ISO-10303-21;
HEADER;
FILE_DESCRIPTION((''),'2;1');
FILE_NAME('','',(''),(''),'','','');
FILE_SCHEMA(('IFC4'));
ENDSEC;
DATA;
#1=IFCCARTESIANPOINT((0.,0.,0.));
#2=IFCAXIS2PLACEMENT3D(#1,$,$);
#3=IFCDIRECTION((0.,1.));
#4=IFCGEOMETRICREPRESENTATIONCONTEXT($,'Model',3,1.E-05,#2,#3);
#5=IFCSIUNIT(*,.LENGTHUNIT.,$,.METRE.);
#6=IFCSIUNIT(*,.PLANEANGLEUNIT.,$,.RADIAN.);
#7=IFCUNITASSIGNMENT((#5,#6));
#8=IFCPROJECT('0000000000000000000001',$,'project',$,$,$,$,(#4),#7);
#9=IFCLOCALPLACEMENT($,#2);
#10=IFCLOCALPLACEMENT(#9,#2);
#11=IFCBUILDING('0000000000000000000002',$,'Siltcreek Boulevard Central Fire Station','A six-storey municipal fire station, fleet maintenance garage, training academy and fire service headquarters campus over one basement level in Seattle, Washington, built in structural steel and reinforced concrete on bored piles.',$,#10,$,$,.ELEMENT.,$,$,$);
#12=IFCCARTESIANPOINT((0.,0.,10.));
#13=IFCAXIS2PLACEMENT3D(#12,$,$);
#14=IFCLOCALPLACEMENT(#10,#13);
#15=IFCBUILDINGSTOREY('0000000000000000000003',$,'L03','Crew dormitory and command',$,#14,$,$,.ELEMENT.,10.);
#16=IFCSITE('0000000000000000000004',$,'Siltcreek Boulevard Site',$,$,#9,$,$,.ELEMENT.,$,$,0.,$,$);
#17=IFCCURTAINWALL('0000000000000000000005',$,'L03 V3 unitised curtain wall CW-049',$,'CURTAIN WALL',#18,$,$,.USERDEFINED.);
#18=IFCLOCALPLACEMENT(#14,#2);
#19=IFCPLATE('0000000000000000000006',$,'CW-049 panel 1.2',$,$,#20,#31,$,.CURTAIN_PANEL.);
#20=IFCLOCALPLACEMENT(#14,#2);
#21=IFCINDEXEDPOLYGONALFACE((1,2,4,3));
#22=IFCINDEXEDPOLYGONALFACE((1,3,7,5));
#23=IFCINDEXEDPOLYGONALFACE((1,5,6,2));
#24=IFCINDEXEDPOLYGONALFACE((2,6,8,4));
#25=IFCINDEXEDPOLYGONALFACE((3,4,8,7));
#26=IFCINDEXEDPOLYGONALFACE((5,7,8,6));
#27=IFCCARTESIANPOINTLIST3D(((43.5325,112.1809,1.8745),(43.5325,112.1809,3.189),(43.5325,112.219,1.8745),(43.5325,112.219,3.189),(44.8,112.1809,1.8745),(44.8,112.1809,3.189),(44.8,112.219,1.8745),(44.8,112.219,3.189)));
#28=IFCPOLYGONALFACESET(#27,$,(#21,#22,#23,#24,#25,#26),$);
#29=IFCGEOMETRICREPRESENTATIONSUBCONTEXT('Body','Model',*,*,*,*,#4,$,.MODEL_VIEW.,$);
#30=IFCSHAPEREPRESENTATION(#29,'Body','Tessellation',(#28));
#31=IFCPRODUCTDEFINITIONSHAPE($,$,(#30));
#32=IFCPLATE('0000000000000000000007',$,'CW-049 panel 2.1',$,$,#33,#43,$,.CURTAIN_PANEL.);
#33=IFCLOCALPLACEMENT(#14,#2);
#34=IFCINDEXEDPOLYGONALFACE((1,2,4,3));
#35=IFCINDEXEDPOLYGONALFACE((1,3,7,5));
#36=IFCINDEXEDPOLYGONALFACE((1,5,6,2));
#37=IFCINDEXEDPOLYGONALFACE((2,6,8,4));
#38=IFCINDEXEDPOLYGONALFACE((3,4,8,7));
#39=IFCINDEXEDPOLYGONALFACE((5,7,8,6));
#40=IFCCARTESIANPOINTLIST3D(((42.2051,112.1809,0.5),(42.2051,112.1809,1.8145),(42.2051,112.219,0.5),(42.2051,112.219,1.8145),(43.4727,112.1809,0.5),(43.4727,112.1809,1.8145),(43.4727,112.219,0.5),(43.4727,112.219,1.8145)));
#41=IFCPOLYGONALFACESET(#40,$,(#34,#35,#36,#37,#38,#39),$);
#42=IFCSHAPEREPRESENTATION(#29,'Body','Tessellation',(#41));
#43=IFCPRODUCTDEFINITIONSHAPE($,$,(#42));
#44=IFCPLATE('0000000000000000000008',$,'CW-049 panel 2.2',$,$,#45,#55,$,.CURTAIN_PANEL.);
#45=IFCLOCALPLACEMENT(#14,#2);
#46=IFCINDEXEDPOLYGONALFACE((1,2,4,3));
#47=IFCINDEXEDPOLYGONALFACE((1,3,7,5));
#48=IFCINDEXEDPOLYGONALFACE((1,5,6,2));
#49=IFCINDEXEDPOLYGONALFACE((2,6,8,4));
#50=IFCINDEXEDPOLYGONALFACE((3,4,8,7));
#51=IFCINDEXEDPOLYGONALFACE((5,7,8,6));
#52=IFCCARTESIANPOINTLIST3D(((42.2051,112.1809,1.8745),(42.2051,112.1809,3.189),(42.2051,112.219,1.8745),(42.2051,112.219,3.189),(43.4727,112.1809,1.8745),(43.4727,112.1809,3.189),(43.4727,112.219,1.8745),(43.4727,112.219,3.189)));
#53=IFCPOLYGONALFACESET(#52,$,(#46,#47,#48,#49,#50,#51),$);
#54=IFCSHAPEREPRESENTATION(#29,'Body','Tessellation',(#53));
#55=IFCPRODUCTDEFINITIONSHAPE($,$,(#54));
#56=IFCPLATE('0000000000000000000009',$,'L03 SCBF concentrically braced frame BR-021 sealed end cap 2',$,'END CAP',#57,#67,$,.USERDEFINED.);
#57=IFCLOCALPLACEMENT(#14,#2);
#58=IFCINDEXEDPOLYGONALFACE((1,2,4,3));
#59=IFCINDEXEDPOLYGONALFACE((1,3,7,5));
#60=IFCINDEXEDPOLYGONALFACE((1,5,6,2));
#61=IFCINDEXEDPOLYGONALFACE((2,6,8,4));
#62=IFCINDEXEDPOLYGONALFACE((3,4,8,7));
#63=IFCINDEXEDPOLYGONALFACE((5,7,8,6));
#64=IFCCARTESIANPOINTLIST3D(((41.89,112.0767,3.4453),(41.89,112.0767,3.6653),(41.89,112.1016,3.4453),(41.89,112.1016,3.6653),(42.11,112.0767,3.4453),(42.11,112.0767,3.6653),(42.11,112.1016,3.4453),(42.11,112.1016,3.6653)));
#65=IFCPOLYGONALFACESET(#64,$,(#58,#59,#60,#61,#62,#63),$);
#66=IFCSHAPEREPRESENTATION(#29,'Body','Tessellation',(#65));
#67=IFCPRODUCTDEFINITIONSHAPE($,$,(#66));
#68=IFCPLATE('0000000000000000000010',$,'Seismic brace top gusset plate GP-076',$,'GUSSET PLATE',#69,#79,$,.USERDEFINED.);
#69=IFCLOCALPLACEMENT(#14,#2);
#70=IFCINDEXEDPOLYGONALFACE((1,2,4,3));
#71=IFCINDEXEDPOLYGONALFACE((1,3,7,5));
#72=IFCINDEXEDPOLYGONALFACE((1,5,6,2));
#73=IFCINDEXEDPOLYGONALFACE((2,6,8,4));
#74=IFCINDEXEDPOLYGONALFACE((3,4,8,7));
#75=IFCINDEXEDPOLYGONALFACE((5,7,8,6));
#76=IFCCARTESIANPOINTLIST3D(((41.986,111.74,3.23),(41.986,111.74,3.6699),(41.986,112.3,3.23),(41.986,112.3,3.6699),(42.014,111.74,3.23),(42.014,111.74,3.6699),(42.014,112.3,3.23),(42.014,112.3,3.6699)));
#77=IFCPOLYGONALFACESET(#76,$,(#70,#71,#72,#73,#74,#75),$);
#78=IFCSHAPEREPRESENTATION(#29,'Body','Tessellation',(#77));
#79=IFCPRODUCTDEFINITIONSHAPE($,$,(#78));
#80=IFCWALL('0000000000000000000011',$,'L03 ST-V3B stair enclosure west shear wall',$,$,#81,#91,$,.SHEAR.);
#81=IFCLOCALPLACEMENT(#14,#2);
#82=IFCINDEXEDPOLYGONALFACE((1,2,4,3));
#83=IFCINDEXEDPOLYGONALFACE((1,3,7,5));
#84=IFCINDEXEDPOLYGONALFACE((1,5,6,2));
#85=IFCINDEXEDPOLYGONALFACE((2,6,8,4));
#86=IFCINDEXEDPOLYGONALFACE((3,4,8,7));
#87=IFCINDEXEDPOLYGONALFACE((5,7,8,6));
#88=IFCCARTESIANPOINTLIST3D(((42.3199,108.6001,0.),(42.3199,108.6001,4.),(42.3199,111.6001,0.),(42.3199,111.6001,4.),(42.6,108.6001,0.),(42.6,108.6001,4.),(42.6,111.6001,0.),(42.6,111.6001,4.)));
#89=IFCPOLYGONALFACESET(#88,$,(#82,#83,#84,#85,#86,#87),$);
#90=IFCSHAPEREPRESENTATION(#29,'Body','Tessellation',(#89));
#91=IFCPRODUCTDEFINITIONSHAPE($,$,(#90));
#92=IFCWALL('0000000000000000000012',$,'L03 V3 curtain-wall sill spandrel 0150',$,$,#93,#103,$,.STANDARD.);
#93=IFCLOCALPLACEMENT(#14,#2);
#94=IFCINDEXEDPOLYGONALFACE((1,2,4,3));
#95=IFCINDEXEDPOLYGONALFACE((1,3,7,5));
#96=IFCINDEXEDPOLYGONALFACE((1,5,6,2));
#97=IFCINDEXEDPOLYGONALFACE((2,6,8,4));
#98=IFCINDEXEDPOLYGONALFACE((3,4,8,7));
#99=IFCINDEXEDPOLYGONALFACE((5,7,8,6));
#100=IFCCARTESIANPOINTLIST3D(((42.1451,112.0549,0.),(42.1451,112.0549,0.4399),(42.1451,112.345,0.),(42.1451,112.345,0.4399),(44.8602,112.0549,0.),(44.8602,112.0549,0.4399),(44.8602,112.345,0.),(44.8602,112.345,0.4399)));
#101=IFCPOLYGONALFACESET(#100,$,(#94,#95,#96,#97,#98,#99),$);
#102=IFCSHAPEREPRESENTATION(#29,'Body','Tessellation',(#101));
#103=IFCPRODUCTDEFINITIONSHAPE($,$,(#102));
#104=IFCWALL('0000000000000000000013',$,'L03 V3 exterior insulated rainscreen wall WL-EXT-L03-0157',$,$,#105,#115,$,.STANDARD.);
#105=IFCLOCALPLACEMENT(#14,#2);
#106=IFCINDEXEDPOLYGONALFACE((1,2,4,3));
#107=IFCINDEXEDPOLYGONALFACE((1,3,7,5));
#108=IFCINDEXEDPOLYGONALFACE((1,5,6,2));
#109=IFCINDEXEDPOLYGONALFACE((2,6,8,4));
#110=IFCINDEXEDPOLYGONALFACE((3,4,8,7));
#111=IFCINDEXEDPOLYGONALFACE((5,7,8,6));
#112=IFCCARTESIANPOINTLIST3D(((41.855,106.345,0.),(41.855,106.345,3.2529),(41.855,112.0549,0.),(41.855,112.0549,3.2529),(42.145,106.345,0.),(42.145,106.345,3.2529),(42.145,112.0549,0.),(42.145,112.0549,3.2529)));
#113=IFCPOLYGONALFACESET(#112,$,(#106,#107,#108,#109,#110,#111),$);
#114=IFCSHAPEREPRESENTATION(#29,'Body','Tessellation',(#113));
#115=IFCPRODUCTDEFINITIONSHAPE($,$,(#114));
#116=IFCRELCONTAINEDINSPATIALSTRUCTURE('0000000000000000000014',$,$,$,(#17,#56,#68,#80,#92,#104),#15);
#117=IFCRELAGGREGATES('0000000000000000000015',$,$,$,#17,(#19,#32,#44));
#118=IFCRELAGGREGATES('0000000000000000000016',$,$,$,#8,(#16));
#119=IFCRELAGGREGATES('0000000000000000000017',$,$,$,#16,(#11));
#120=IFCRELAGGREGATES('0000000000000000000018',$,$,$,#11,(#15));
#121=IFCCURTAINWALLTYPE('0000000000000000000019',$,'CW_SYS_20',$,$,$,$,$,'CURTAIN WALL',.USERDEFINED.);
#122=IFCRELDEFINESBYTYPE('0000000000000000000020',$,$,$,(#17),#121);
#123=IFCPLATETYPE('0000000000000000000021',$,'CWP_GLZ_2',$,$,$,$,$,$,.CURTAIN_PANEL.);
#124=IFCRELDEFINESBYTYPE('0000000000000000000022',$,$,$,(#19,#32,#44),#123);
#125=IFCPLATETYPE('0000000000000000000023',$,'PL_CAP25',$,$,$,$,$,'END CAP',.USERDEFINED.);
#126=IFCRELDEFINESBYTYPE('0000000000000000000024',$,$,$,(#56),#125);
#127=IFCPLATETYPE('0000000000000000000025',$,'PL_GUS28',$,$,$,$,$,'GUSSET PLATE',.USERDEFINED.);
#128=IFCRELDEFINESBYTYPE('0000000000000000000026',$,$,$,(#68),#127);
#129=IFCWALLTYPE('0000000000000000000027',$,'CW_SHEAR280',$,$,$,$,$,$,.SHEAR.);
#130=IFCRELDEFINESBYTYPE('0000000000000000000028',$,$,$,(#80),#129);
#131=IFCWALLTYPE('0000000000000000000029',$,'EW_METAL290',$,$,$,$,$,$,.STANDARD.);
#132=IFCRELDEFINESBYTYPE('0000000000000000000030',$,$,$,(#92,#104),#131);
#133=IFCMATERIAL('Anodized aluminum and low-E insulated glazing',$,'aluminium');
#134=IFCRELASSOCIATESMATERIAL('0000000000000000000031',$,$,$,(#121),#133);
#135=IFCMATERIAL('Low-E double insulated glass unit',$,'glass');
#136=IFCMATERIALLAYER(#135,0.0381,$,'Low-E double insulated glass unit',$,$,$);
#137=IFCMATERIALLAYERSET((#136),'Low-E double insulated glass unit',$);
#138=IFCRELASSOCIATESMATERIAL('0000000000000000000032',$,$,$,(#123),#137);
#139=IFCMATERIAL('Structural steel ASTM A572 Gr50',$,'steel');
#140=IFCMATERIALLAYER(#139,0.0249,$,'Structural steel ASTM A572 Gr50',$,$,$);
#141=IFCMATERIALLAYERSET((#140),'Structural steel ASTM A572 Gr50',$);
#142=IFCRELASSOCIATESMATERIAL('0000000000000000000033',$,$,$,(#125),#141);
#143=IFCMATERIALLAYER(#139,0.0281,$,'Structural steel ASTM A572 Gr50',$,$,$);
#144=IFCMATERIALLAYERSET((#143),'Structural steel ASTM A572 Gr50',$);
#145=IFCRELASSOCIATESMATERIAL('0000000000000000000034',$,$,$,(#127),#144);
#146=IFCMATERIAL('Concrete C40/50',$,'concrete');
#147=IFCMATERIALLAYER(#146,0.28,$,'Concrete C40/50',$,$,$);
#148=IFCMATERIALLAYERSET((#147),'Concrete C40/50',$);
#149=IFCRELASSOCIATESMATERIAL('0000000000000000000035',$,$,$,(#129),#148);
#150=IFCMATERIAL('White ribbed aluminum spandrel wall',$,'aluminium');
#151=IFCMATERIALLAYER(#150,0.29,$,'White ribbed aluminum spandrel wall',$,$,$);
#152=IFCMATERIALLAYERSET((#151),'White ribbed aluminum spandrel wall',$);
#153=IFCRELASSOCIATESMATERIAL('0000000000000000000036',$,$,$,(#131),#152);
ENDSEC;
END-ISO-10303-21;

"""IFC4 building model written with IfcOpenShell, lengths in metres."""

from ifc_helpers import new_model, si_unit, direction, frame, frame_2d, origin, origin_2d, place, context, subcontext, project, spatial, rectangle, extrude, material, layer, layer_set, type_object, element, aggregate, save


model = new_model("IFC4")

# Units and contexts
model_context = context("Model", 3, precision=1e-05, world=origin(), true_north=direction((0.0, 1.0)))
body_context = subcontext(model_context, "Body", "Model", "MODEL_VIEW")
ifc_project = project(units=[si_unit("LENGTHUNIT", "METRE"), si_unit("PLANEANGLEUNIT", "RADIAN")], contexts=[model_context])

# Site, building, storey
site_placement = place(None, origin())
site = spatial("IfcSite", under=ifc_project, at=site_placement, Name="Siltcreek Boulevard Site", CompositionType="ELEMENT", RefElevation=0.0)
building_placement = place(site_placement, origin())
building = spatial("IfcBuilding", under=site, at=building_placement, Name="Siltcreek Boulevard Central Fire Station", Description="A six-storey municipal fire station, fleet maintenance garage, training academy and fire service headquarters campus over one basement level in Seattle, Washington, built in structural steel and reinforced concrete on bored piles.", CompositionType="ELEMENT")
storey_placement = place(building_placement, frame((0.0, 0.0, 10.0)))
storey = spatial("IfcBuildingStorey", under=building, at=storey_placement, Name="L03", Description="Crew dormitory and command", CompositionType="ELEMENT", Elevation=10.0)

# Curtain wall, plates
ifc_material_1 = material(Name="Anodized aluminum and low-E insulated glazing", Category="aluminium")
curtain_wall_type = type_object("IfcCurtainWallType", Name="CW_SYS_20", ElementType="CURTAIN WALL", PredefinedType="USERDEFINED", material=ifc_material_1)
curtain_wall_placement = place(storey_placement, origin())
curtain_wall = element("IfcCurtainWall", 1, at=curtain_wall_placement, inside=storey, type_object=curtain_wall_type, Name="L03 V3 unitised curtain wall CW-049", ObjectType="CURTAIN WALL", PredefinedType="USERDEFINED")
ifc_material_2 = material(Name="Low-E double insulated glass unit", Category="glass")
ifc_layer_1 = layer(ifc_material_2, 0.0381, Name="Low-E double insulated glass unit")
ifc_layer_set_1 = layer_set([ifc_layer_1], Name="Low-E double insulated glass unit")
plate_type_1 = type_object("IfcPlateType", Name="CWP_GLZ_2", PredefinedType="CURTAIN_PANEL", material=ifc_layer_set_1)
plate_1_placement = place(storey_placement, frame((44.1663, 112.2, 1.8745), z_axis=(0.0, 0.0, 1.0), x_axis=(-1.0, 0.0, 0.0)))
plate_1 = element("IfcPlate", 2, at=plate_1_placement, type_object=plate_type_1, Name="CW-049 panel 1.2", PredefinedType="CURTAIN_PANEL", context=body_context, shape_type="SweptSolid", body=[
    extrude(rectangle(XDim=1.2676, YDim=0.0381, at=origin_2d()), origin(), (0.0, 0.0, 1.0), 1.3145),
])
plate_2_placement = place(storey_placement, frame((42.8389, 112.2, 0.5), z_axis=(0.0, 0.0, 1.0), x_axis=(-1.0, 0.0, 0.0)))
plate_2 = element("IfcPlate", 3, at=plate_2_placement, type_object=plate_type_1, Name="CW-049 panel 2.1", PredefinedType="CURTAIN_PANEL", context=body_context, shape_type="SweptSolid", body=[
    extrude(rectangle(XDim=1.2676, YDim=0.0381, at=origin_2d()), origin(), (0.0, 0.0, 1.0), 1.3145),
])
plate_3_placement = place(storey_placement, frame((42.8389, 112.2, 1.8745), z_axis=(0.0, 0.0, 1.0), x_axis=(-1.0, 0.0, 0.0)))
plate_3 = element("IfcPlate", 4, at=plate_3_placement, type_object=plate_type_1, Name="CW-049 panel 2.2", PredefinedType="CURTAIN_PANEL", context=body_context, shape_type="SweptSolid", body=[
    extrude(rectangle(XDim=1.2676, YDim=0.0381, at=origin_2d()), origin(), (0.0, 0.0, 1.0), 1.3145),
])
aggregate(curtain_wall, [plate_1, plate_2, plate_3])

# Plates
ifc_material_3 = material(Name="Structural steel ASTM A572 Gr50", Category="steel")
ifc_layer_2 = layer(ifc_material_3, 0.0249, Name="Structural steel ASTM A572 Gr50")
ifc_layer_set_2 = layer_set([ifc_layer_2], Name="Structural steel ASTM A572 Gr50")
plate_type_2 = type_object("IfcPlateType", Name="PL_CAP25", ElementType="END CAP", PredefinedType="USERDEFINED", material=ifc_layer_set_2)
plate_4_placement = place(storey_placement, frame((42.0, 112.0891, 3.4453), z_axis=(0.0, 0.0, 1.0), x_axis=(0.0, 1.0, 0.0)))
element("IfcPlate", 5, at=plate_4_placement, inside=storey, type_object=plate_type_2, Name="L03 SCBF concentrically braced frame BR-021 sealed end cap 2", ObjectType="END CAP", PredefinedType="USERDEFINED", context=body_context, shape_type="SweptSolid", body=[
    extrude(rectangle(XDim=0.0249, YDim=0.22, at=origin_2d()), origin(), (0.0, 0.0, 1.0), 0.22),
])
ifc_layer_3 = layer(ifc_material_3, 0.0281, Name="Structural steel ASTM A572 Gr50")
ifc_layer_set_3 = layer_set([ifc_layer_3], Name="Structural steel ASTM A572 Gr50")
plate_type_3 = type_object("IfcPlateType", Name="PL_GUS28", ElementType="GUSSET PLATE", PredefinedType="USERDEFINED", material=ifc_layer_set_3)
plate_5_placement = place(storey_placement, frame((42.0, 112.02, 3.23), z_axis=(0.0, 0.0, 1.0), x_axis=(0.0, 1.0, 0.0)))
element("IfcPlate", 6, at=plate_5_placement, inside=storey, type_object=plate_type_3, Name="Seismic brace top gusset plate GP-076", ObjectType="GUSSET PLATE", PredefinedType="USERDEFINED", context=body_context, shape_type="SweptSolid", body=[
    extrude(rectangle(XDim=0.5601, YDim=0.0281, at=origin_2d()), origin(), (0.0, 0.0, 1.0), 0.4399),
])

# Walls
ifc_material_4 = material(Name="Concrete C40/50", Category="concrete")
ifc_layer_4 = layer(ifc_material_4, 0.28, Name="Concrete C40/50")
ifc_layer_set_4 = layer_set([ifc_layer_4], Name="Concrete C40/50")
wall_type_1 = type_object("IfcWallType", Name="CW_SHEAR280", PredefinedType="SHEAR", material=ifc_layer_set_4)
wall_1_placement = place(storey_placement, frame((42.46, 111.6001, 0.0), z_axis=(0.0, 0.0, 1.0), x_axis=(0.0, -1.0, 0.0)))
element("IfcWall", 7, at=wall_1_placement, inside=storey, type_object=wall_type_1, Name="L03 ST-V3B stair enclosure west shear wall", PredefinedType="SHEAR", context=body_context, shape_type="SweptSolid", body=[
    extrude(rectangle(XDim=3.0, YDim=0.28, at=frame_2d((1.5, 0.0))), origin(), (0.0, 0.0, 1.0), 4.0),
])
ifc_material_5 = material(Name="White ribbed aluminum spandrel wall", Category="aluminium")
ifc_layer_5 = layer(ifc_material_5, 0.29, Name="White ribbed aluminum spandrel wall")
ifc_layer_set_5 = layer_set([ifc_layer_5], Name="White ribbed aluminum spandrel wall")
wall_type_2 = type_object("IfcWallType", Name="EW_METAL290", PredefinedType="STANDARD", material=ifc_layer_set_5)
wall_2_placement = place(storey_placement, frame((44.8601, 112.2, 0.0), z_axis=(0.0, 0.0, 1.0), x_axis=(-1.0, 0.0, 0.0)))
element("IfcWall", 8, at=wall_2_placement, inside=storey, type_object=wall_type_2, Name="L03 V3 curtain-wall sill spandrel 0150", PredefinedType="STANDARD", context=body_context, shape_type="SweptSolid", body=[
    extrude(rectangle(XDim=2.7151, YDim=0.29, at=frame_2d((1.3574, 0.0))), origin(), (0.0, 0.0, 1.0), 0.4399),
])
wall_3_placement = place(storey_placement, frame((42.0, 112.0549, 0.0), z_axis=(0.0, 0.0, 1.0), x_axis=(0.0, -1.0, 0.0)))
element("IfcWall", 9, at=wall_3_placement, inside=storey, type_object=wall_type_2, Name="L03 V3 exterior insulated rainscreen wall WL-EXT-L03-0157", PredefinedType="STANDARD", context=body_context, shape_type="SweptSolid", body=[
    extrude(rectangle(XDim=5.71, YDim=0.29, at=frame_2d((2.855, 0.0))), origin(), (0.0, 0.0, 1.0), 3.2529),
])

save(model, "model.ifc")
